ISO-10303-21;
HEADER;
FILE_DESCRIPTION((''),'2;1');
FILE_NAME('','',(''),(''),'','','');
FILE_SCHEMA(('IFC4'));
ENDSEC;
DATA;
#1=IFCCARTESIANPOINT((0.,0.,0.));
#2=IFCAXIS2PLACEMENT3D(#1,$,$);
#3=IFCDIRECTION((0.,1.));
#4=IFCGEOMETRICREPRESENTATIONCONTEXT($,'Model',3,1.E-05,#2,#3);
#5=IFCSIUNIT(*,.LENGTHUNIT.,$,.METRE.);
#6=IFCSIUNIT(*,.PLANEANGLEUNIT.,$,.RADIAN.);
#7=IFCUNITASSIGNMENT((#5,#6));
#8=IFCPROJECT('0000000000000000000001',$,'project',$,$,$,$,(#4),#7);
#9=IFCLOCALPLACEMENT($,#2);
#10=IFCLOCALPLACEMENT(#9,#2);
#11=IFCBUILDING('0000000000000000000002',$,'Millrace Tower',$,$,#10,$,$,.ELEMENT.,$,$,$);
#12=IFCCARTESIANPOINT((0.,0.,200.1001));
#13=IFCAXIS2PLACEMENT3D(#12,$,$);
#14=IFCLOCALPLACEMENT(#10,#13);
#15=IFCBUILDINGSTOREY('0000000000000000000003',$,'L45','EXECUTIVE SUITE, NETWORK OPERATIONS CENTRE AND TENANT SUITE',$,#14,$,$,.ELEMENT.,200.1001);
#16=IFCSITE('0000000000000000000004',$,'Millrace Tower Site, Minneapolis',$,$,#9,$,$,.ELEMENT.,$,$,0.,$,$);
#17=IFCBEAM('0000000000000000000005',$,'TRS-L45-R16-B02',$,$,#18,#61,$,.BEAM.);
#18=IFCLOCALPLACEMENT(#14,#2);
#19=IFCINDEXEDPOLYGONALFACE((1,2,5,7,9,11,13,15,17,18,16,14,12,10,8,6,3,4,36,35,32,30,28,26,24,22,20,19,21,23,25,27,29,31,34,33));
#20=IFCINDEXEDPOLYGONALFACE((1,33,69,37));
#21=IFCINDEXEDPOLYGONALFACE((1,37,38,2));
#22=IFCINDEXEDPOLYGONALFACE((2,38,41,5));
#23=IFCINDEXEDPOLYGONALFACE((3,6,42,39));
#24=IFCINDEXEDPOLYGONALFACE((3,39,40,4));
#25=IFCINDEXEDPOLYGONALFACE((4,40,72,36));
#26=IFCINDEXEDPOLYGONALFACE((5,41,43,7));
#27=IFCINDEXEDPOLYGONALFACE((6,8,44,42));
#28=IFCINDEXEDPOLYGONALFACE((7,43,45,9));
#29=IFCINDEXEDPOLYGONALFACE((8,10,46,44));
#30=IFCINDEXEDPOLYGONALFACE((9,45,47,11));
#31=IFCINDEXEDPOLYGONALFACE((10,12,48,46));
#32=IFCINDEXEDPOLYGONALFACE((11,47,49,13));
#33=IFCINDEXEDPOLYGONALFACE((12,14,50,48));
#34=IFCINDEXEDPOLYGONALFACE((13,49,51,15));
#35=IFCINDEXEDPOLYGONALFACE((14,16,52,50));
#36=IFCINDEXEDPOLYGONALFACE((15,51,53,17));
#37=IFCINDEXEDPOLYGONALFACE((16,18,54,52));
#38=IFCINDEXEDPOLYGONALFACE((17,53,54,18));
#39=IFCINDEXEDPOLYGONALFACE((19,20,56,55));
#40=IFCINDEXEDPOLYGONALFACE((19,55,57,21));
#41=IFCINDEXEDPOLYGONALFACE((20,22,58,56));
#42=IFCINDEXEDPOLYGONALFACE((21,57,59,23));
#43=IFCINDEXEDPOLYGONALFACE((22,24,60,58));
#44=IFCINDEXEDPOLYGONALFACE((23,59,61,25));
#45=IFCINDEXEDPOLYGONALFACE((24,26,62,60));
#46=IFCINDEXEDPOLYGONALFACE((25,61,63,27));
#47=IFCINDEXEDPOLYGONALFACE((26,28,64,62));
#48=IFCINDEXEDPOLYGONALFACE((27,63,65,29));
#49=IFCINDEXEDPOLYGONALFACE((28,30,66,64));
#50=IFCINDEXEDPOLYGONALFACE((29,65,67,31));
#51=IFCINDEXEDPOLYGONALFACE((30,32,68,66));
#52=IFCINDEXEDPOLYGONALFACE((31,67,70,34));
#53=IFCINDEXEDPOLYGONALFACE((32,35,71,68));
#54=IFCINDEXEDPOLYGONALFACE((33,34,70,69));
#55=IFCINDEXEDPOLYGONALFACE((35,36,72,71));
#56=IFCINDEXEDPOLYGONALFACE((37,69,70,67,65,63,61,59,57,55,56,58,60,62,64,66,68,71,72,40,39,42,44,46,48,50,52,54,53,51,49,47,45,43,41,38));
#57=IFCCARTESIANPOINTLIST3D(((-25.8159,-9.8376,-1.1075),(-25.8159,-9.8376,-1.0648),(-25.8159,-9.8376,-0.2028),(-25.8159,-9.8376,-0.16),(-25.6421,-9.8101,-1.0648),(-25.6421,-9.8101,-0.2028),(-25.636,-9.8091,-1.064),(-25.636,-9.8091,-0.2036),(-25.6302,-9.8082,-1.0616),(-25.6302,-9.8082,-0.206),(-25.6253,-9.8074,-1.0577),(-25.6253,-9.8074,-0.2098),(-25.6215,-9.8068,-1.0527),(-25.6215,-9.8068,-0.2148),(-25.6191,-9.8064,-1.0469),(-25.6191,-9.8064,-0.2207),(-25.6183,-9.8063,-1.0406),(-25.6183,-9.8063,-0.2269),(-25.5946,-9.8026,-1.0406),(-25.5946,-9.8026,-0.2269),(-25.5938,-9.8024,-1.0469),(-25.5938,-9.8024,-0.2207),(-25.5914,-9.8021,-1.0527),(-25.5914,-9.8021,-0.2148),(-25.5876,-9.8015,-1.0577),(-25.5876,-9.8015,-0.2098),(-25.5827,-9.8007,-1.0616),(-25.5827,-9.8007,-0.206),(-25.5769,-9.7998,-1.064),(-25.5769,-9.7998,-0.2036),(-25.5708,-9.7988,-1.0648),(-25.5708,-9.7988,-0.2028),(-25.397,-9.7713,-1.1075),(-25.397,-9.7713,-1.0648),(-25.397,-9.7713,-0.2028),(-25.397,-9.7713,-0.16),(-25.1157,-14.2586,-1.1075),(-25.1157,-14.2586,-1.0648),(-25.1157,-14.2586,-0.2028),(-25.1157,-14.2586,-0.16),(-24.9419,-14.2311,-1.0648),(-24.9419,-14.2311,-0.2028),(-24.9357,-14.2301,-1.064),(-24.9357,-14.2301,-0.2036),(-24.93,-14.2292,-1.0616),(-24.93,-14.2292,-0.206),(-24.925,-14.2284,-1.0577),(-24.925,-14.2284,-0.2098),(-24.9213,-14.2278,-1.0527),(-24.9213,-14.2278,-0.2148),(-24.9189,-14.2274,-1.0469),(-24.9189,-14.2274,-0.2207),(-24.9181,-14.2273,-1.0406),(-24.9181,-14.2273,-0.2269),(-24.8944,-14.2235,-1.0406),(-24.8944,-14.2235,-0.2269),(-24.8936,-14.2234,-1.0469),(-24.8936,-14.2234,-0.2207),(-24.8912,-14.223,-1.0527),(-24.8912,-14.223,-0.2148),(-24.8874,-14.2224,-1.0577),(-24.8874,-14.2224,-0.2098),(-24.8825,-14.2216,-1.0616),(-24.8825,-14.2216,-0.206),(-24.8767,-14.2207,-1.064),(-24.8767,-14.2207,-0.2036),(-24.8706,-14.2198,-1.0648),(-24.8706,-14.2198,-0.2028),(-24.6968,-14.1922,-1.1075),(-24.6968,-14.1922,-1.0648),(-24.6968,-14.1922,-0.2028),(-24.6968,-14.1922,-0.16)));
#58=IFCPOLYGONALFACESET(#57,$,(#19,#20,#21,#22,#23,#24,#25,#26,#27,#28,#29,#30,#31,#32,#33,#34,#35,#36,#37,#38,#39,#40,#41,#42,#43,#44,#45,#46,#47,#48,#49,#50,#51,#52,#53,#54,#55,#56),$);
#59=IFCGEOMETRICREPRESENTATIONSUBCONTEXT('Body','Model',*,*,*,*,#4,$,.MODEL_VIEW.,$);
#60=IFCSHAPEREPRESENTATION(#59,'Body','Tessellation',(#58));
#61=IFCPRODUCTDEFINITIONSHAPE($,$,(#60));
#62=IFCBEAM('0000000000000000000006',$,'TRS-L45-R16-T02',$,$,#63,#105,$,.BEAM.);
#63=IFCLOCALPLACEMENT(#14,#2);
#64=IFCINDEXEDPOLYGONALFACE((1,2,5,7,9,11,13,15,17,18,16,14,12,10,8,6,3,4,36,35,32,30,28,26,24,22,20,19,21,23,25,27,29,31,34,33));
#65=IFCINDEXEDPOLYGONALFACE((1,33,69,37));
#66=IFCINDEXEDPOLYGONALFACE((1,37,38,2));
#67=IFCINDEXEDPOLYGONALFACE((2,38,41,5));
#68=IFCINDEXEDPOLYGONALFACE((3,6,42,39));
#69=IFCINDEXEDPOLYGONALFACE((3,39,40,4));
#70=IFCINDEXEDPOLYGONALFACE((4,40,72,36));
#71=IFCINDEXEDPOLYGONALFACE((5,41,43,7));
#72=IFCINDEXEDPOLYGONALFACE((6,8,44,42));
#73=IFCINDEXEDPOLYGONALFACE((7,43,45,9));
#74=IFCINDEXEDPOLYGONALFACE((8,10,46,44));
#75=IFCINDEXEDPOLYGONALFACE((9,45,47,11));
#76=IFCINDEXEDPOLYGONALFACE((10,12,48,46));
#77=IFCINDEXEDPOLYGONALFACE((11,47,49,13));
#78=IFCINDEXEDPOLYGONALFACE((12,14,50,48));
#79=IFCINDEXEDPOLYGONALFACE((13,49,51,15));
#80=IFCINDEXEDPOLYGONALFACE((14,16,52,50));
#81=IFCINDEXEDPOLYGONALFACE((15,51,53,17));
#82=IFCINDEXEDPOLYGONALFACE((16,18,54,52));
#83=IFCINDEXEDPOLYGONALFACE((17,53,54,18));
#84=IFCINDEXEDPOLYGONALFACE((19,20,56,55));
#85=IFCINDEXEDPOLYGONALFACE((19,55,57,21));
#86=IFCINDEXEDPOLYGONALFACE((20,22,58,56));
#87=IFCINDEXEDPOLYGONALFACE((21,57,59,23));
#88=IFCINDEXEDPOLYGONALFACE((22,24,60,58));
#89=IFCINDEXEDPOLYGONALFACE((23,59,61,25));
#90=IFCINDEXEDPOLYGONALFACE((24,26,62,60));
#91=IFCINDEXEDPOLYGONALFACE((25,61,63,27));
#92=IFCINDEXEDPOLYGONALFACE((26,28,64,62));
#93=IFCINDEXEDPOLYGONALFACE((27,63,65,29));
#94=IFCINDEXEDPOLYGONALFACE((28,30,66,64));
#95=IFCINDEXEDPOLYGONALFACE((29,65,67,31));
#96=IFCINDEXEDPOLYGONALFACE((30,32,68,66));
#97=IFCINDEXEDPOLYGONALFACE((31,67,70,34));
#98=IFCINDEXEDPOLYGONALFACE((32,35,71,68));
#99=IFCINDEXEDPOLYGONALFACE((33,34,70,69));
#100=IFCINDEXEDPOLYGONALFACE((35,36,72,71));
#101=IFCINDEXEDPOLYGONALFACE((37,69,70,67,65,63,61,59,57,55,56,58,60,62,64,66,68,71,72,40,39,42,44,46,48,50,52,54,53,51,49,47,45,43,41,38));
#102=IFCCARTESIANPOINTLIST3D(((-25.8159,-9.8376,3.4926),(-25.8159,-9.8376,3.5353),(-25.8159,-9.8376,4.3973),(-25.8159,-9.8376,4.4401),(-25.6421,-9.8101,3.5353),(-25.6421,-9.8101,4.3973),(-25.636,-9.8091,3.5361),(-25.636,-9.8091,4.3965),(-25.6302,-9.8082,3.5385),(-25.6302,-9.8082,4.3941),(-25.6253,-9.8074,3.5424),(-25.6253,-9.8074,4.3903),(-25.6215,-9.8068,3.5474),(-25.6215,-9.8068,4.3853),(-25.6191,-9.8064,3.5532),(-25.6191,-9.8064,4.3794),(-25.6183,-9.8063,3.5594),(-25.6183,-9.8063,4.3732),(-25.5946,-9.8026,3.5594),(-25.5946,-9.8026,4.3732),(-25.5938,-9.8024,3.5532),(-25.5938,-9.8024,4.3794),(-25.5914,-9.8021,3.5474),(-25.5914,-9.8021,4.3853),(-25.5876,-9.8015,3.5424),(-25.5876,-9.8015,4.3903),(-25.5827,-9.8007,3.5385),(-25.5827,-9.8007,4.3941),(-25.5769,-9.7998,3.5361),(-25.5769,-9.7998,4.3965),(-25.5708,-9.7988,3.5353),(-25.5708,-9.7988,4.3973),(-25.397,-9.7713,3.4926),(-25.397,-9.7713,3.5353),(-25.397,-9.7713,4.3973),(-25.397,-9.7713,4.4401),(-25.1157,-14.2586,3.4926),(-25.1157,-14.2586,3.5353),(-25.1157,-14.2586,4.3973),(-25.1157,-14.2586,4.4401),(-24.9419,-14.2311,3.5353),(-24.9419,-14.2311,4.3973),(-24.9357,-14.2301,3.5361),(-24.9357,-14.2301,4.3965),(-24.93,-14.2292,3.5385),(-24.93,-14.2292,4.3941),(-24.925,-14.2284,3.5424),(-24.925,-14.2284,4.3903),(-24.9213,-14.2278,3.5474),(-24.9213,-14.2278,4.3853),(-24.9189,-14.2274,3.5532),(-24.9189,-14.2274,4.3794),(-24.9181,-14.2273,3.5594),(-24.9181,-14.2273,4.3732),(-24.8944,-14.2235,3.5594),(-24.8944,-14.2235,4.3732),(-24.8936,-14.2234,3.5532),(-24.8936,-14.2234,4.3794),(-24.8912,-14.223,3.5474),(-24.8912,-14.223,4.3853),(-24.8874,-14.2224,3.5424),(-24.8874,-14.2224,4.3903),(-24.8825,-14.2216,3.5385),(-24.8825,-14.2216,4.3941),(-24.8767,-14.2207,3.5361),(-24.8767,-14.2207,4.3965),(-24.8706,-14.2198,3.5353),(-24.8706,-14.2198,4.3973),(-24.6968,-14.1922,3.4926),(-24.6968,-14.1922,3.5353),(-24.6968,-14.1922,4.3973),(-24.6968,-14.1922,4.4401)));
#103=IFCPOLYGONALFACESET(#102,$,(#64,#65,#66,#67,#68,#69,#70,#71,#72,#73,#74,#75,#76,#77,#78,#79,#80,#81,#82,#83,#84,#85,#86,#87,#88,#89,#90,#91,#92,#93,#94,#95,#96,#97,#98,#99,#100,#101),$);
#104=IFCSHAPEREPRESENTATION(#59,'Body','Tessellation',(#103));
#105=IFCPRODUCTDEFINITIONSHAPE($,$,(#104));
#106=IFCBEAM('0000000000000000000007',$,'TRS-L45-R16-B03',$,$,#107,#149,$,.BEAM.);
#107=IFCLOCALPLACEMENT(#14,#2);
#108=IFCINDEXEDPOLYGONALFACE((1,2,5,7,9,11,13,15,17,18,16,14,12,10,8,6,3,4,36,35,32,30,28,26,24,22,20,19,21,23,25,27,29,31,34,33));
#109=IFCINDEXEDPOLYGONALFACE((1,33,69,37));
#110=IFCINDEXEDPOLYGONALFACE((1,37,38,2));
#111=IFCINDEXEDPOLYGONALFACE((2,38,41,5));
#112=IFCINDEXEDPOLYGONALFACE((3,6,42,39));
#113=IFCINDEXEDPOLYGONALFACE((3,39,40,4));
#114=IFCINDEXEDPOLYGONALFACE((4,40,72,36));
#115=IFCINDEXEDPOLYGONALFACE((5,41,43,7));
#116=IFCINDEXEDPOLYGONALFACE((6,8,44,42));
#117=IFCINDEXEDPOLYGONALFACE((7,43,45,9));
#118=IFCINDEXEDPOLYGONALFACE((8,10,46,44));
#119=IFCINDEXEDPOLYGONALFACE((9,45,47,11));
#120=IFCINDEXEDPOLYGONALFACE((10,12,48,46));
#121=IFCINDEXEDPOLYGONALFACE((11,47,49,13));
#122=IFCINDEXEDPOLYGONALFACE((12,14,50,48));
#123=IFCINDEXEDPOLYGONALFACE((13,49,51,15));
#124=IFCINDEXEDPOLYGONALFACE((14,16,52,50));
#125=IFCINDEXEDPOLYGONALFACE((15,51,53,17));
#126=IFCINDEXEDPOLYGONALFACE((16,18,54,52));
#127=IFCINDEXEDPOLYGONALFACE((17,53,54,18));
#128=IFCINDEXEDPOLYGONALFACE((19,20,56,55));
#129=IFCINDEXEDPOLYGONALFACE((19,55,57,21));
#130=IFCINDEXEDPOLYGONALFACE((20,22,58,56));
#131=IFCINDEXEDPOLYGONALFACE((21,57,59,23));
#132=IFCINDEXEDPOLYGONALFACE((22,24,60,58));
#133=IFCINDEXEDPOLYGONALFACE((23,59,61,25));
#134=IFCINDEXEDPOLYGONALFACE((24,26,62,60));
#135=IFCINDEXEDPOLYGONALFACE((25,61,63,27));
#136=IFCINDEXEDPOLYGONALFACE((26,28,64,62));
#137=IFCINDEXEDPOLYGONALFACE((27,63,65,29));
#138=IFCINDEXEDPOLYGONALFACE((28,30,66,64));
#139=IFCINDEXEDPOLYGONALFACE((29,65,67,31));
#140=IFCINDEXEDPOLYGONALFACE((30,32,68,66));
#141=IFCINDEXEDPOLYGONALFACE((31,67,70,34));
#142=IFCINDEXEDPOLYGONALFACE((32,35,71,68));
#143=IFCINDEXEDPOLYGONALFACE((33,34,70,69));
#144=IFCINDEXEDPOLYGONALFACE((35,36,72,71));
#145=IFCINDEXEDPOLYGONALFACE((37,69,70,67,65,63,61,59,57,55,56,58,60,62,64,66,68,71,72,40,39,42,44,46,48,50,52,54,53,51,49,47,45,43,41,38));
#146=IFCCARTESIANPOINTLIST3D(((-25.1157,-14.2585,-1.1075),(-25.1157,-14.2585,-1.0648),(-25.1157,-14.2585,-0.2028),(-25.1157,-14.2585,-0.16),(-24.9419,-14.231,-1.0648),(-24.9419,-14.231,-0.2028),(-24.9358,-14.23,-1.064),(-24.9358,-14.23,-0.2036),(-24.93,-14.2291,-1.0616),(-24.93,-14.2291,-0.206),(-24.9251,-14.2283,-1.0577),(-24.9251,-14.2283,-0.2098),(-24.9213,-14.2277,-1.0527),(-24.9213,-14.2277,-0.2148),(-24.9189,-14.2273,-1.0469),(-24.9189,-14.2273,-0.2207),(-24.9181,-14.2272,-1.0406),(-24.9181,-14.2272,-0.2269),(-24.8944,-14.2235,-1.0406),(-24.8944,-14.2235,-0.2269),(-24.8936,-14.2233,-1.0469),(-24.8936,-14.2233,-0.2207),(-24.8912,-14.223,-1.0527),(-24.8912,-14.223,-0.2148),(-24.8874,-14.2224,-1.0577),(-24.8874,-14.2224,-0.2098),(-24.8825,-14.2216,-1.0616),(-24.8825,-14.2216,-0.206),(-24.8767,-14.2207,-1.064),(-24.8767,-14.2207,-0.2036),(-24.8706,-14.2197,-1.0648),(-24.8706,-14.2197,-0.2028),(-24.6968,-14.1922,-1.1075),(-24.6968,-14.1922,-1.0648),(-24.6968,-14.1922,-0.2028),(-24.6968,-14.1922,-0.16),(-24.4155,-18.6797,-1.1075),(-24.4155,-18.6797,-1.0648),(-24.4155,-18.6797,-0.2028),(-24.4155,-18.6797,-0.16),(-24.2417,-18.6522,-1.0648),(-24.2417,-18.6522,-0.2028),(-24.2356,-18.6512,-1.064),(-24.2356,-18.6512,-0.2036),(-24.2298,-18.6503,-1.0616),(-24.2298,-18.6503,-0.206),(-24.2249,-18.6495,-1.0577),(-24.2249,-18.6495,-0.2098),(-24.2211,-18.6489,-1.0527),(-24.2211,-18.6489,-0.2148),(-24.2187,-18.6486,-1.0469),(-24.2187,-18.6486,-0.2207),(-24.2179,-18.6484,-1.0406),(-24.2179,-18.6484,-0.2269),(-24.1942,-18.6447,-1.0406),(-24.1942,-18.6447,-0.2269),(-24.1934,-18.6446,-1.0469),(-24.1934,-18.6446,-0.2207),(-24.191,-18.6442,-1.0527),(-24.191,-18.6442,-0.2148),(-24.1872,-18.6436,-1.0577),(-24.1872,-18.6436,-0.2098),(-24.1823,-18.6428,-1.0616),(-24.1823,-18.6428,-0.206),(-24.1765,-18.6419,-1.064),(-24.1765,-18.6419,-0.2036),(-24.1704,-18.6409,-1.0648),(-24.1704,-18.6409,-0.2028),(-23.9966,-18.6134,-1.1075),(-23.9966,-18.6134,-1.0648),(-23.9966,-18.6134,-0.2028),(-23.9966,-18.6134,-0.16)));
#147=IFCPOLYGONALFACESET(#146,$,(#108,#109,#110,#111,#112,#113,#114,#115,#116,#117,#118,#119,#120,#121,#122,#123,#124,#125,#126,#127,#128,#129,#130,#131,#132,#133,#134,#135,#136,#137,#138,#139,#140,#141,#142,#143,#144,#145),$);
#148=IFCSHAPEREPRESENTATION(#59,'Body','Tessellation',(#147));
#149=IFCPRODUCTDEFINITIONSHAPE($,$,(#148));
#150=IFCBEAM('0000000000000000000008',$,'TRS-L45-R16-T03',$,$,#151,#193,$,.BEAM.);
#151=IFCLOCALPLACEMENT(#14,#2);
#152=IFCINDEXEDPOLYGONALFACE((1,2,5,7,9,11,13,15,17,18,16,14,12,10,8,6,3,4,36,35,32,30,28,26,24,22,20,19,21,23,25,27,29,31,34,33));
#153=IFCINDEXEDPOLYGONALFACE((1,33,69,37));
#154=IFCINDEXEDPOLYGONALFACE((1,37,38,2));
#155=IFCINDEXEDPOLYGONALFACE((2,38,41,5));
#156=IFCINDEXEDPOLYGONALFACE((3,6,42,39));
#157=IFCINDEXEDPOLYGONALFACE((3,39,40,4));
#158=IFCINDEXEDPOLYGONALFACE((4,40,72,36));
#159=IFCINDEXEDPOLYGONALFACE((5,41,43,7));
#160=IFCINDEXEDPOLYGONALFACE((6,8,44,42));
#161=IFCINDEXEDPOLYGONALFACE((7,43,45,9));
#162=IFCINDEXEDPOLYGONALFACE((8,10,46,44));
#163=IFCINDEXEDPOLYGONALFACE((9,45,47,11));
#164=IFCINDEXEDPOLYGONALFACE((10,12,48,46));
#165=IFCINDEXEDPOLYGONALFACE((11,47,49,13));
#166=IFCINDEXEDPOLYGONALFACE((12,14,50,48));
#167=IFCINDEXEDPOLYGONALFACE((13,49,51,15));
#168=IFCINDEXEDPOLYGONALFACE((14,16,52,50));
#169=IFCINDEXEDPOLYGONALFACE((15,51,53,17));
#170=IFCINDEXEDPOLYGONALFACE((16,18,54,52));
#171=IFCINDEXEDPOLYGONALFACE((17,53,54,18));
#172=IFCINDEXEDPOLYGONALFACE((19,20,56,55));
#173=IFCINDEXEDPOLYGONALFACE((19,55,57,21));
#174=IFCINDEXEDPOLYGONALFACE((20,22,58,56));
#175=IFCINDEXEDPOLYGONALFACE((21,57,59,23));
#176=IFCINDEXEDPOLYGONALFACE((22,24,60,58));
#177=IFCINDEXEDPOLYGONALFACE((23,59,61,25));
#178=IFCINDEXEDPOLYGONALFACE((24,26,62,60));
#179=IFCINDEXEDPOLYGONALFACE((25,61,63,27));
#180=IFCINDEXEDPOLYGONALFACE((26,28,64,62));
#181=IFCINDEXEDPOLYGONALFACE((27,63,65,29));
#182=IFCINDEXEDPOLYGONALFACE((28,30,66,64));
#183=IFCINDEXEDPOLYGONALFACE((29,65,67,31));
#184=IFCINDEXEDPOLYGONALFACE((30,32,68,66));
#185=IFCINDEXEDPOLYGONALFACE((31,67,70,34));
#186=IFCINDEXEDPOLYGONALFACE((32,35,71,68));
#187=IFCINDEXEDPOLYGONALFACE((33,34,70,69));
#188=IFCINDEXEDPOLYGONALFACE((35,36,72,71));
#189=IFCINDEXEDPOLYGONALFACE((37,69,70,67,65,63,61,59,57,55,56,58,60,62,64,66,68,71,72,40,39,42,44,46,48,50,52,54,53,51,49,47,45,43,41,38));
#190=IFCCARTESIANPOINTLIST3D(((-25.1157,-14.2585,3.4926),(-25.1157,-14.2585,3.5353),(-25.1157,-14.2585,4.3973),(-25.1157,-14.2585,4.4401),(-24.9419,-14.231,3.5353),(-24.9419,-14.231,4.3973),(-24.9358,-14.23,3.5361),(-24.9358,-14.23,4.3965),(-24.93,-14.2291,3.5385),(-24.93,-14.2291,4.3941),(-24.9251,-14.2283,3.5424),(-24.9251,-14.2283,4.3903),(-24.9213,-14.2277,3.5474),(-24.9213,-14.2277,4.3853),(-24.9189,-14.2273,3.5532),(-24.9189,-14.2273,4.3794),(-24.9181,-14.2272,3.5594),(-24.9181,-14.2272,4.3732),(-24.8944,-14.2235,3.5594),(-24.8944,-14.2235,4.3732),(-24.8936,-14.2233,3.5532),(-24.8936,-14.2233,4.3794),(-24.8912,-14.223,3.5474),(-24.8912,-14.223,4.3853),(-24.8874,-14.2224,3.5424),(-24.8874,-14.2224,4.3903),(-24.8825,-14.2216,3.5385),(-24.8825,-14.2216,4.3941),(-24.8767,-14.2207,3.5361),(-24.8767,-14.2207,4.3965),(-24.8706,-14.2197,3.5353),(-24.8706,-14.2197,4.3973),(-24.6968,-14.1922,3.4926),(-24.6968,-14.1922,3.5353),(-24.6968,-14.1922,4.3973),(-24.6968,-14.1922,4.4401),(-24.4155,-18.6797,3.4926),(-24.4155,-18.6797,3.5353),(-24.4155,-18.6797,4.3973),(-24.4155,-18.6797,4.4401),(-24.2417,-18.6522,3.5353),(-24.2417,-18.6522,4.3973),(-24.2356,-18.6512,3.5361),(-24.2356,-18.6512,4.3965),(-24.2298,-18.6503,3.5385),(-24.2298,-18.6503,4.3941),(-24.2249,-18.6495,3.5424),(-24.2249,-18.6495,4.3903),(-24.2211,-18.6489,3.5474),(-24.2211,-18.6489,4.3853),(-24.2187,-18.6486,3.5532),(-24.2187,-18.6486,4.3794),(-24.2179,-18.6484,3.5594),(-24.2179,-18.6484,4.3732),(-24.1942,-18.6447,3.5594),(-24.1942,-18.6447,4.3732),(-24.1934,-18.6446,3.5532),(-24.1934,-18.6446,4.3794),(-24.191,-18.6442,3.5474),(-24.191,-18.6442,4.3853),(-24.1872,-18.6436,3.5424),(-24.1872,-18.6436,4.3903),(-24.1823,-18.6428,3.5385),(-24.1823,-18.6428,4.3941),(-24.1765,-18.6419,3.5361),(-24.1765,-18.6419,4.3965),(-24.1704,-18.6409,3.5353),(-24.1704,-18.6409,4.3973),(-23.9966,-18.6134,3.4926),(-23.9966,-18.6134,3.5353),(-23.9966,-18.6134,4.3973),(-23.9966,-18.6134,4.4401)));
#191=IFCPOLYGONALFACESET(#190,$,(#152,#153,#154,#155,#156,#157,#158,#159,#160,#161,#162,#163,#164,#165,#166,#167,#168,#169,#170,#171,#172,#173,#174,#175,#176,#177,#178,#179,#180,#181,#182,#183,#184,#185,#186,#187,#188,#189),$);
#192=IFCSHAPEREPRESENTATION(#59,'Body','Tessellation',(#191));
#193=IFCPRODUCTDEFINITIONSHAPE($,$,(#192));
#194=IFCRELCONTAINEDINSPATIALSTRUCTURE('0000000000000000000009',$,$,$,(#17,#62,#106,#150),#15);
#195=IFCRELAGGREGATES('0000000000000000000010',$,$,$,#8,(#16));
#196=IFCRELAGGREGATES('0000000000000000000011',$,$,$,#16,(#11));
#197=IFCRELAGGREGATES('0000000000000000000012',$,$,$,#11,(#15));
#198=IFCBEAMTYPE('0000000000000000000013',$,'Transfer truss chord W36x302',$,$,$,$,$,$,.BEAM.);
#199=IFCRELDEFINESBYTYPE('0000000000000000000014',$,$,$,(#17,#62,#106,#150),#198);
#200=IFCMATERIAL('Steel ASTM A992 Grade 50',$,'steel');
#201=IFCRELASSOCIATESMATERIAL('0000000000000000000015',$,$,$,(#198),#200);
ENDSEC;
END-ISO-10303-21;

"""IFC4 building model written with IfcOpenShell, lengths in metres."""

from ifc_helpers import new_model, si_unit, direction, frame, origin, origin_2d, place, context, subcontext, project, spatial, i_section, extrude, material, material_profile, profile_set, type_object, element, save


model = new_model("IFC4")

# Units and contexts
model_context = context("Model", 3, precision=1e-05, world=origin(), true_north=direction((0.0, 1.0)))
body_context = subcontext(model_context, "Body", "Model", "MODEL_VIEW")
ifc_project = project(units=[si_unit("LENGTHUNIT", "METRE"), si_unit("PLANEANGLEUNIT", "RADIAN")], contexts=[model_context])

# Site, building, storey
site_placement = place(None, origin())
site = spatial("IfcSite", under=ifc_project, at=site_placement, Name="Millrace Tower Site, Minneapolis", CompositionType="ELEMENT", RefElevation=0.0)
building_placement = place(site_placement, origin())
building = spatial("IfcBuilding", under=site, at=building_placement, Name="Millrace Tower", CompositionType="ELEMENT")
storey_placement = place(building_placement, frame((0.0, 0.0, 200.1001)))
storey = spatial("IfcBuildingStorey", under=building, at=storey_placement, Name="L45", Description="EXECUTIVE SUITE, NETWORK OPERATIONS CENTRE AND TENANT SUITE", CompositionType="ELEMENT", Elevation=200.1001)

# Beams
ifc_material_1 = material(Name="Steel ASTM A992 Grade 50", Category="steel")
ifc_material_profile_1 = material_profile(ifc_material_1, i_section(OverallWidth=0.4241, OverallDepth=0.9475, WebThickness=0.0239, FlangeThickness=0.0427, FilletRadius=0.0242, at=origin_2d()))
ifc_profile_set_1 = profile_set([ifc_material_profile_1], Name="Steel ASTM A992 Grade 50")
beam_type_1 = type_object("IfcBeamType", Name="Transfer truss chord W36x302", PredefinedType="BEAM", material=ifc_profile_set_1)
for number, where, z_axis, x_axis, name in (
    (1, (-25.6064, -9.8044, -0.6338), (0.156433, -0.987689, 0.0), (0.987689, 0.156433, 0.0), "TRS-L45-R16-B02"),
    (2, (-25.6064, -9.8044, 3.9663), (0.156433, -0.987689, 0.0), (0.987689, 0.156433, 0.0), "TRS-L45-R16-T02"),
):
    element("IfcBeam", number, at=place(storey_placement, frame(where, z_axis=z_axis, x_axis=x_axis)), inside=storey, type_object=beam_type_1, Name=name, PredefinedType="BEAM", context=body_context, shape_type="SweptSolid", body=[
        extrude(i_section(OverallWidth=0.4241, OverallDepth=0.9475, WebThickness=0.0239, FlangeThickness=0.0427, FilletRadius=0.0242, at=origin_2d()), origin(), (0.0, 0.0, 1.0), 4.4761),
    ])
for number, where, z_axis, x_axis, name in (
    (3, (-24.9062, -14.2253, -0.6338), (0.156425, -0.98769, 0.0), (0.98769, 0.156425, 0.0), "TRS-L45-R16-B03"),
    (4, (-24.9062, -14.2253, 3.9663), (0.156425, -0.98769, 0.0), (0.98769, 0.156425, 0.0), "TRS-L45-R16-T03"),
):
    element("IfcBeam", number, at=place(storey_placement, frame(where, z_axis=z_axis, x_axis=x_axis)), inside=storey, type_object=beam_type_1, Name=name, PredefinedType="BEAM", context=body_context, shape_type="SweptSolid", body=[
        extrude(i_section(OverallWidth=0.4241, OverallDepth=0.9475, WebThickness=0.0239, FlangeThickness=0.0427, FilletRadius=0.0242, at=origin_2d()), origin(), (0.0, 0.0, 1.0), 4.4763),
    ])

save(model, "model.ifc")
